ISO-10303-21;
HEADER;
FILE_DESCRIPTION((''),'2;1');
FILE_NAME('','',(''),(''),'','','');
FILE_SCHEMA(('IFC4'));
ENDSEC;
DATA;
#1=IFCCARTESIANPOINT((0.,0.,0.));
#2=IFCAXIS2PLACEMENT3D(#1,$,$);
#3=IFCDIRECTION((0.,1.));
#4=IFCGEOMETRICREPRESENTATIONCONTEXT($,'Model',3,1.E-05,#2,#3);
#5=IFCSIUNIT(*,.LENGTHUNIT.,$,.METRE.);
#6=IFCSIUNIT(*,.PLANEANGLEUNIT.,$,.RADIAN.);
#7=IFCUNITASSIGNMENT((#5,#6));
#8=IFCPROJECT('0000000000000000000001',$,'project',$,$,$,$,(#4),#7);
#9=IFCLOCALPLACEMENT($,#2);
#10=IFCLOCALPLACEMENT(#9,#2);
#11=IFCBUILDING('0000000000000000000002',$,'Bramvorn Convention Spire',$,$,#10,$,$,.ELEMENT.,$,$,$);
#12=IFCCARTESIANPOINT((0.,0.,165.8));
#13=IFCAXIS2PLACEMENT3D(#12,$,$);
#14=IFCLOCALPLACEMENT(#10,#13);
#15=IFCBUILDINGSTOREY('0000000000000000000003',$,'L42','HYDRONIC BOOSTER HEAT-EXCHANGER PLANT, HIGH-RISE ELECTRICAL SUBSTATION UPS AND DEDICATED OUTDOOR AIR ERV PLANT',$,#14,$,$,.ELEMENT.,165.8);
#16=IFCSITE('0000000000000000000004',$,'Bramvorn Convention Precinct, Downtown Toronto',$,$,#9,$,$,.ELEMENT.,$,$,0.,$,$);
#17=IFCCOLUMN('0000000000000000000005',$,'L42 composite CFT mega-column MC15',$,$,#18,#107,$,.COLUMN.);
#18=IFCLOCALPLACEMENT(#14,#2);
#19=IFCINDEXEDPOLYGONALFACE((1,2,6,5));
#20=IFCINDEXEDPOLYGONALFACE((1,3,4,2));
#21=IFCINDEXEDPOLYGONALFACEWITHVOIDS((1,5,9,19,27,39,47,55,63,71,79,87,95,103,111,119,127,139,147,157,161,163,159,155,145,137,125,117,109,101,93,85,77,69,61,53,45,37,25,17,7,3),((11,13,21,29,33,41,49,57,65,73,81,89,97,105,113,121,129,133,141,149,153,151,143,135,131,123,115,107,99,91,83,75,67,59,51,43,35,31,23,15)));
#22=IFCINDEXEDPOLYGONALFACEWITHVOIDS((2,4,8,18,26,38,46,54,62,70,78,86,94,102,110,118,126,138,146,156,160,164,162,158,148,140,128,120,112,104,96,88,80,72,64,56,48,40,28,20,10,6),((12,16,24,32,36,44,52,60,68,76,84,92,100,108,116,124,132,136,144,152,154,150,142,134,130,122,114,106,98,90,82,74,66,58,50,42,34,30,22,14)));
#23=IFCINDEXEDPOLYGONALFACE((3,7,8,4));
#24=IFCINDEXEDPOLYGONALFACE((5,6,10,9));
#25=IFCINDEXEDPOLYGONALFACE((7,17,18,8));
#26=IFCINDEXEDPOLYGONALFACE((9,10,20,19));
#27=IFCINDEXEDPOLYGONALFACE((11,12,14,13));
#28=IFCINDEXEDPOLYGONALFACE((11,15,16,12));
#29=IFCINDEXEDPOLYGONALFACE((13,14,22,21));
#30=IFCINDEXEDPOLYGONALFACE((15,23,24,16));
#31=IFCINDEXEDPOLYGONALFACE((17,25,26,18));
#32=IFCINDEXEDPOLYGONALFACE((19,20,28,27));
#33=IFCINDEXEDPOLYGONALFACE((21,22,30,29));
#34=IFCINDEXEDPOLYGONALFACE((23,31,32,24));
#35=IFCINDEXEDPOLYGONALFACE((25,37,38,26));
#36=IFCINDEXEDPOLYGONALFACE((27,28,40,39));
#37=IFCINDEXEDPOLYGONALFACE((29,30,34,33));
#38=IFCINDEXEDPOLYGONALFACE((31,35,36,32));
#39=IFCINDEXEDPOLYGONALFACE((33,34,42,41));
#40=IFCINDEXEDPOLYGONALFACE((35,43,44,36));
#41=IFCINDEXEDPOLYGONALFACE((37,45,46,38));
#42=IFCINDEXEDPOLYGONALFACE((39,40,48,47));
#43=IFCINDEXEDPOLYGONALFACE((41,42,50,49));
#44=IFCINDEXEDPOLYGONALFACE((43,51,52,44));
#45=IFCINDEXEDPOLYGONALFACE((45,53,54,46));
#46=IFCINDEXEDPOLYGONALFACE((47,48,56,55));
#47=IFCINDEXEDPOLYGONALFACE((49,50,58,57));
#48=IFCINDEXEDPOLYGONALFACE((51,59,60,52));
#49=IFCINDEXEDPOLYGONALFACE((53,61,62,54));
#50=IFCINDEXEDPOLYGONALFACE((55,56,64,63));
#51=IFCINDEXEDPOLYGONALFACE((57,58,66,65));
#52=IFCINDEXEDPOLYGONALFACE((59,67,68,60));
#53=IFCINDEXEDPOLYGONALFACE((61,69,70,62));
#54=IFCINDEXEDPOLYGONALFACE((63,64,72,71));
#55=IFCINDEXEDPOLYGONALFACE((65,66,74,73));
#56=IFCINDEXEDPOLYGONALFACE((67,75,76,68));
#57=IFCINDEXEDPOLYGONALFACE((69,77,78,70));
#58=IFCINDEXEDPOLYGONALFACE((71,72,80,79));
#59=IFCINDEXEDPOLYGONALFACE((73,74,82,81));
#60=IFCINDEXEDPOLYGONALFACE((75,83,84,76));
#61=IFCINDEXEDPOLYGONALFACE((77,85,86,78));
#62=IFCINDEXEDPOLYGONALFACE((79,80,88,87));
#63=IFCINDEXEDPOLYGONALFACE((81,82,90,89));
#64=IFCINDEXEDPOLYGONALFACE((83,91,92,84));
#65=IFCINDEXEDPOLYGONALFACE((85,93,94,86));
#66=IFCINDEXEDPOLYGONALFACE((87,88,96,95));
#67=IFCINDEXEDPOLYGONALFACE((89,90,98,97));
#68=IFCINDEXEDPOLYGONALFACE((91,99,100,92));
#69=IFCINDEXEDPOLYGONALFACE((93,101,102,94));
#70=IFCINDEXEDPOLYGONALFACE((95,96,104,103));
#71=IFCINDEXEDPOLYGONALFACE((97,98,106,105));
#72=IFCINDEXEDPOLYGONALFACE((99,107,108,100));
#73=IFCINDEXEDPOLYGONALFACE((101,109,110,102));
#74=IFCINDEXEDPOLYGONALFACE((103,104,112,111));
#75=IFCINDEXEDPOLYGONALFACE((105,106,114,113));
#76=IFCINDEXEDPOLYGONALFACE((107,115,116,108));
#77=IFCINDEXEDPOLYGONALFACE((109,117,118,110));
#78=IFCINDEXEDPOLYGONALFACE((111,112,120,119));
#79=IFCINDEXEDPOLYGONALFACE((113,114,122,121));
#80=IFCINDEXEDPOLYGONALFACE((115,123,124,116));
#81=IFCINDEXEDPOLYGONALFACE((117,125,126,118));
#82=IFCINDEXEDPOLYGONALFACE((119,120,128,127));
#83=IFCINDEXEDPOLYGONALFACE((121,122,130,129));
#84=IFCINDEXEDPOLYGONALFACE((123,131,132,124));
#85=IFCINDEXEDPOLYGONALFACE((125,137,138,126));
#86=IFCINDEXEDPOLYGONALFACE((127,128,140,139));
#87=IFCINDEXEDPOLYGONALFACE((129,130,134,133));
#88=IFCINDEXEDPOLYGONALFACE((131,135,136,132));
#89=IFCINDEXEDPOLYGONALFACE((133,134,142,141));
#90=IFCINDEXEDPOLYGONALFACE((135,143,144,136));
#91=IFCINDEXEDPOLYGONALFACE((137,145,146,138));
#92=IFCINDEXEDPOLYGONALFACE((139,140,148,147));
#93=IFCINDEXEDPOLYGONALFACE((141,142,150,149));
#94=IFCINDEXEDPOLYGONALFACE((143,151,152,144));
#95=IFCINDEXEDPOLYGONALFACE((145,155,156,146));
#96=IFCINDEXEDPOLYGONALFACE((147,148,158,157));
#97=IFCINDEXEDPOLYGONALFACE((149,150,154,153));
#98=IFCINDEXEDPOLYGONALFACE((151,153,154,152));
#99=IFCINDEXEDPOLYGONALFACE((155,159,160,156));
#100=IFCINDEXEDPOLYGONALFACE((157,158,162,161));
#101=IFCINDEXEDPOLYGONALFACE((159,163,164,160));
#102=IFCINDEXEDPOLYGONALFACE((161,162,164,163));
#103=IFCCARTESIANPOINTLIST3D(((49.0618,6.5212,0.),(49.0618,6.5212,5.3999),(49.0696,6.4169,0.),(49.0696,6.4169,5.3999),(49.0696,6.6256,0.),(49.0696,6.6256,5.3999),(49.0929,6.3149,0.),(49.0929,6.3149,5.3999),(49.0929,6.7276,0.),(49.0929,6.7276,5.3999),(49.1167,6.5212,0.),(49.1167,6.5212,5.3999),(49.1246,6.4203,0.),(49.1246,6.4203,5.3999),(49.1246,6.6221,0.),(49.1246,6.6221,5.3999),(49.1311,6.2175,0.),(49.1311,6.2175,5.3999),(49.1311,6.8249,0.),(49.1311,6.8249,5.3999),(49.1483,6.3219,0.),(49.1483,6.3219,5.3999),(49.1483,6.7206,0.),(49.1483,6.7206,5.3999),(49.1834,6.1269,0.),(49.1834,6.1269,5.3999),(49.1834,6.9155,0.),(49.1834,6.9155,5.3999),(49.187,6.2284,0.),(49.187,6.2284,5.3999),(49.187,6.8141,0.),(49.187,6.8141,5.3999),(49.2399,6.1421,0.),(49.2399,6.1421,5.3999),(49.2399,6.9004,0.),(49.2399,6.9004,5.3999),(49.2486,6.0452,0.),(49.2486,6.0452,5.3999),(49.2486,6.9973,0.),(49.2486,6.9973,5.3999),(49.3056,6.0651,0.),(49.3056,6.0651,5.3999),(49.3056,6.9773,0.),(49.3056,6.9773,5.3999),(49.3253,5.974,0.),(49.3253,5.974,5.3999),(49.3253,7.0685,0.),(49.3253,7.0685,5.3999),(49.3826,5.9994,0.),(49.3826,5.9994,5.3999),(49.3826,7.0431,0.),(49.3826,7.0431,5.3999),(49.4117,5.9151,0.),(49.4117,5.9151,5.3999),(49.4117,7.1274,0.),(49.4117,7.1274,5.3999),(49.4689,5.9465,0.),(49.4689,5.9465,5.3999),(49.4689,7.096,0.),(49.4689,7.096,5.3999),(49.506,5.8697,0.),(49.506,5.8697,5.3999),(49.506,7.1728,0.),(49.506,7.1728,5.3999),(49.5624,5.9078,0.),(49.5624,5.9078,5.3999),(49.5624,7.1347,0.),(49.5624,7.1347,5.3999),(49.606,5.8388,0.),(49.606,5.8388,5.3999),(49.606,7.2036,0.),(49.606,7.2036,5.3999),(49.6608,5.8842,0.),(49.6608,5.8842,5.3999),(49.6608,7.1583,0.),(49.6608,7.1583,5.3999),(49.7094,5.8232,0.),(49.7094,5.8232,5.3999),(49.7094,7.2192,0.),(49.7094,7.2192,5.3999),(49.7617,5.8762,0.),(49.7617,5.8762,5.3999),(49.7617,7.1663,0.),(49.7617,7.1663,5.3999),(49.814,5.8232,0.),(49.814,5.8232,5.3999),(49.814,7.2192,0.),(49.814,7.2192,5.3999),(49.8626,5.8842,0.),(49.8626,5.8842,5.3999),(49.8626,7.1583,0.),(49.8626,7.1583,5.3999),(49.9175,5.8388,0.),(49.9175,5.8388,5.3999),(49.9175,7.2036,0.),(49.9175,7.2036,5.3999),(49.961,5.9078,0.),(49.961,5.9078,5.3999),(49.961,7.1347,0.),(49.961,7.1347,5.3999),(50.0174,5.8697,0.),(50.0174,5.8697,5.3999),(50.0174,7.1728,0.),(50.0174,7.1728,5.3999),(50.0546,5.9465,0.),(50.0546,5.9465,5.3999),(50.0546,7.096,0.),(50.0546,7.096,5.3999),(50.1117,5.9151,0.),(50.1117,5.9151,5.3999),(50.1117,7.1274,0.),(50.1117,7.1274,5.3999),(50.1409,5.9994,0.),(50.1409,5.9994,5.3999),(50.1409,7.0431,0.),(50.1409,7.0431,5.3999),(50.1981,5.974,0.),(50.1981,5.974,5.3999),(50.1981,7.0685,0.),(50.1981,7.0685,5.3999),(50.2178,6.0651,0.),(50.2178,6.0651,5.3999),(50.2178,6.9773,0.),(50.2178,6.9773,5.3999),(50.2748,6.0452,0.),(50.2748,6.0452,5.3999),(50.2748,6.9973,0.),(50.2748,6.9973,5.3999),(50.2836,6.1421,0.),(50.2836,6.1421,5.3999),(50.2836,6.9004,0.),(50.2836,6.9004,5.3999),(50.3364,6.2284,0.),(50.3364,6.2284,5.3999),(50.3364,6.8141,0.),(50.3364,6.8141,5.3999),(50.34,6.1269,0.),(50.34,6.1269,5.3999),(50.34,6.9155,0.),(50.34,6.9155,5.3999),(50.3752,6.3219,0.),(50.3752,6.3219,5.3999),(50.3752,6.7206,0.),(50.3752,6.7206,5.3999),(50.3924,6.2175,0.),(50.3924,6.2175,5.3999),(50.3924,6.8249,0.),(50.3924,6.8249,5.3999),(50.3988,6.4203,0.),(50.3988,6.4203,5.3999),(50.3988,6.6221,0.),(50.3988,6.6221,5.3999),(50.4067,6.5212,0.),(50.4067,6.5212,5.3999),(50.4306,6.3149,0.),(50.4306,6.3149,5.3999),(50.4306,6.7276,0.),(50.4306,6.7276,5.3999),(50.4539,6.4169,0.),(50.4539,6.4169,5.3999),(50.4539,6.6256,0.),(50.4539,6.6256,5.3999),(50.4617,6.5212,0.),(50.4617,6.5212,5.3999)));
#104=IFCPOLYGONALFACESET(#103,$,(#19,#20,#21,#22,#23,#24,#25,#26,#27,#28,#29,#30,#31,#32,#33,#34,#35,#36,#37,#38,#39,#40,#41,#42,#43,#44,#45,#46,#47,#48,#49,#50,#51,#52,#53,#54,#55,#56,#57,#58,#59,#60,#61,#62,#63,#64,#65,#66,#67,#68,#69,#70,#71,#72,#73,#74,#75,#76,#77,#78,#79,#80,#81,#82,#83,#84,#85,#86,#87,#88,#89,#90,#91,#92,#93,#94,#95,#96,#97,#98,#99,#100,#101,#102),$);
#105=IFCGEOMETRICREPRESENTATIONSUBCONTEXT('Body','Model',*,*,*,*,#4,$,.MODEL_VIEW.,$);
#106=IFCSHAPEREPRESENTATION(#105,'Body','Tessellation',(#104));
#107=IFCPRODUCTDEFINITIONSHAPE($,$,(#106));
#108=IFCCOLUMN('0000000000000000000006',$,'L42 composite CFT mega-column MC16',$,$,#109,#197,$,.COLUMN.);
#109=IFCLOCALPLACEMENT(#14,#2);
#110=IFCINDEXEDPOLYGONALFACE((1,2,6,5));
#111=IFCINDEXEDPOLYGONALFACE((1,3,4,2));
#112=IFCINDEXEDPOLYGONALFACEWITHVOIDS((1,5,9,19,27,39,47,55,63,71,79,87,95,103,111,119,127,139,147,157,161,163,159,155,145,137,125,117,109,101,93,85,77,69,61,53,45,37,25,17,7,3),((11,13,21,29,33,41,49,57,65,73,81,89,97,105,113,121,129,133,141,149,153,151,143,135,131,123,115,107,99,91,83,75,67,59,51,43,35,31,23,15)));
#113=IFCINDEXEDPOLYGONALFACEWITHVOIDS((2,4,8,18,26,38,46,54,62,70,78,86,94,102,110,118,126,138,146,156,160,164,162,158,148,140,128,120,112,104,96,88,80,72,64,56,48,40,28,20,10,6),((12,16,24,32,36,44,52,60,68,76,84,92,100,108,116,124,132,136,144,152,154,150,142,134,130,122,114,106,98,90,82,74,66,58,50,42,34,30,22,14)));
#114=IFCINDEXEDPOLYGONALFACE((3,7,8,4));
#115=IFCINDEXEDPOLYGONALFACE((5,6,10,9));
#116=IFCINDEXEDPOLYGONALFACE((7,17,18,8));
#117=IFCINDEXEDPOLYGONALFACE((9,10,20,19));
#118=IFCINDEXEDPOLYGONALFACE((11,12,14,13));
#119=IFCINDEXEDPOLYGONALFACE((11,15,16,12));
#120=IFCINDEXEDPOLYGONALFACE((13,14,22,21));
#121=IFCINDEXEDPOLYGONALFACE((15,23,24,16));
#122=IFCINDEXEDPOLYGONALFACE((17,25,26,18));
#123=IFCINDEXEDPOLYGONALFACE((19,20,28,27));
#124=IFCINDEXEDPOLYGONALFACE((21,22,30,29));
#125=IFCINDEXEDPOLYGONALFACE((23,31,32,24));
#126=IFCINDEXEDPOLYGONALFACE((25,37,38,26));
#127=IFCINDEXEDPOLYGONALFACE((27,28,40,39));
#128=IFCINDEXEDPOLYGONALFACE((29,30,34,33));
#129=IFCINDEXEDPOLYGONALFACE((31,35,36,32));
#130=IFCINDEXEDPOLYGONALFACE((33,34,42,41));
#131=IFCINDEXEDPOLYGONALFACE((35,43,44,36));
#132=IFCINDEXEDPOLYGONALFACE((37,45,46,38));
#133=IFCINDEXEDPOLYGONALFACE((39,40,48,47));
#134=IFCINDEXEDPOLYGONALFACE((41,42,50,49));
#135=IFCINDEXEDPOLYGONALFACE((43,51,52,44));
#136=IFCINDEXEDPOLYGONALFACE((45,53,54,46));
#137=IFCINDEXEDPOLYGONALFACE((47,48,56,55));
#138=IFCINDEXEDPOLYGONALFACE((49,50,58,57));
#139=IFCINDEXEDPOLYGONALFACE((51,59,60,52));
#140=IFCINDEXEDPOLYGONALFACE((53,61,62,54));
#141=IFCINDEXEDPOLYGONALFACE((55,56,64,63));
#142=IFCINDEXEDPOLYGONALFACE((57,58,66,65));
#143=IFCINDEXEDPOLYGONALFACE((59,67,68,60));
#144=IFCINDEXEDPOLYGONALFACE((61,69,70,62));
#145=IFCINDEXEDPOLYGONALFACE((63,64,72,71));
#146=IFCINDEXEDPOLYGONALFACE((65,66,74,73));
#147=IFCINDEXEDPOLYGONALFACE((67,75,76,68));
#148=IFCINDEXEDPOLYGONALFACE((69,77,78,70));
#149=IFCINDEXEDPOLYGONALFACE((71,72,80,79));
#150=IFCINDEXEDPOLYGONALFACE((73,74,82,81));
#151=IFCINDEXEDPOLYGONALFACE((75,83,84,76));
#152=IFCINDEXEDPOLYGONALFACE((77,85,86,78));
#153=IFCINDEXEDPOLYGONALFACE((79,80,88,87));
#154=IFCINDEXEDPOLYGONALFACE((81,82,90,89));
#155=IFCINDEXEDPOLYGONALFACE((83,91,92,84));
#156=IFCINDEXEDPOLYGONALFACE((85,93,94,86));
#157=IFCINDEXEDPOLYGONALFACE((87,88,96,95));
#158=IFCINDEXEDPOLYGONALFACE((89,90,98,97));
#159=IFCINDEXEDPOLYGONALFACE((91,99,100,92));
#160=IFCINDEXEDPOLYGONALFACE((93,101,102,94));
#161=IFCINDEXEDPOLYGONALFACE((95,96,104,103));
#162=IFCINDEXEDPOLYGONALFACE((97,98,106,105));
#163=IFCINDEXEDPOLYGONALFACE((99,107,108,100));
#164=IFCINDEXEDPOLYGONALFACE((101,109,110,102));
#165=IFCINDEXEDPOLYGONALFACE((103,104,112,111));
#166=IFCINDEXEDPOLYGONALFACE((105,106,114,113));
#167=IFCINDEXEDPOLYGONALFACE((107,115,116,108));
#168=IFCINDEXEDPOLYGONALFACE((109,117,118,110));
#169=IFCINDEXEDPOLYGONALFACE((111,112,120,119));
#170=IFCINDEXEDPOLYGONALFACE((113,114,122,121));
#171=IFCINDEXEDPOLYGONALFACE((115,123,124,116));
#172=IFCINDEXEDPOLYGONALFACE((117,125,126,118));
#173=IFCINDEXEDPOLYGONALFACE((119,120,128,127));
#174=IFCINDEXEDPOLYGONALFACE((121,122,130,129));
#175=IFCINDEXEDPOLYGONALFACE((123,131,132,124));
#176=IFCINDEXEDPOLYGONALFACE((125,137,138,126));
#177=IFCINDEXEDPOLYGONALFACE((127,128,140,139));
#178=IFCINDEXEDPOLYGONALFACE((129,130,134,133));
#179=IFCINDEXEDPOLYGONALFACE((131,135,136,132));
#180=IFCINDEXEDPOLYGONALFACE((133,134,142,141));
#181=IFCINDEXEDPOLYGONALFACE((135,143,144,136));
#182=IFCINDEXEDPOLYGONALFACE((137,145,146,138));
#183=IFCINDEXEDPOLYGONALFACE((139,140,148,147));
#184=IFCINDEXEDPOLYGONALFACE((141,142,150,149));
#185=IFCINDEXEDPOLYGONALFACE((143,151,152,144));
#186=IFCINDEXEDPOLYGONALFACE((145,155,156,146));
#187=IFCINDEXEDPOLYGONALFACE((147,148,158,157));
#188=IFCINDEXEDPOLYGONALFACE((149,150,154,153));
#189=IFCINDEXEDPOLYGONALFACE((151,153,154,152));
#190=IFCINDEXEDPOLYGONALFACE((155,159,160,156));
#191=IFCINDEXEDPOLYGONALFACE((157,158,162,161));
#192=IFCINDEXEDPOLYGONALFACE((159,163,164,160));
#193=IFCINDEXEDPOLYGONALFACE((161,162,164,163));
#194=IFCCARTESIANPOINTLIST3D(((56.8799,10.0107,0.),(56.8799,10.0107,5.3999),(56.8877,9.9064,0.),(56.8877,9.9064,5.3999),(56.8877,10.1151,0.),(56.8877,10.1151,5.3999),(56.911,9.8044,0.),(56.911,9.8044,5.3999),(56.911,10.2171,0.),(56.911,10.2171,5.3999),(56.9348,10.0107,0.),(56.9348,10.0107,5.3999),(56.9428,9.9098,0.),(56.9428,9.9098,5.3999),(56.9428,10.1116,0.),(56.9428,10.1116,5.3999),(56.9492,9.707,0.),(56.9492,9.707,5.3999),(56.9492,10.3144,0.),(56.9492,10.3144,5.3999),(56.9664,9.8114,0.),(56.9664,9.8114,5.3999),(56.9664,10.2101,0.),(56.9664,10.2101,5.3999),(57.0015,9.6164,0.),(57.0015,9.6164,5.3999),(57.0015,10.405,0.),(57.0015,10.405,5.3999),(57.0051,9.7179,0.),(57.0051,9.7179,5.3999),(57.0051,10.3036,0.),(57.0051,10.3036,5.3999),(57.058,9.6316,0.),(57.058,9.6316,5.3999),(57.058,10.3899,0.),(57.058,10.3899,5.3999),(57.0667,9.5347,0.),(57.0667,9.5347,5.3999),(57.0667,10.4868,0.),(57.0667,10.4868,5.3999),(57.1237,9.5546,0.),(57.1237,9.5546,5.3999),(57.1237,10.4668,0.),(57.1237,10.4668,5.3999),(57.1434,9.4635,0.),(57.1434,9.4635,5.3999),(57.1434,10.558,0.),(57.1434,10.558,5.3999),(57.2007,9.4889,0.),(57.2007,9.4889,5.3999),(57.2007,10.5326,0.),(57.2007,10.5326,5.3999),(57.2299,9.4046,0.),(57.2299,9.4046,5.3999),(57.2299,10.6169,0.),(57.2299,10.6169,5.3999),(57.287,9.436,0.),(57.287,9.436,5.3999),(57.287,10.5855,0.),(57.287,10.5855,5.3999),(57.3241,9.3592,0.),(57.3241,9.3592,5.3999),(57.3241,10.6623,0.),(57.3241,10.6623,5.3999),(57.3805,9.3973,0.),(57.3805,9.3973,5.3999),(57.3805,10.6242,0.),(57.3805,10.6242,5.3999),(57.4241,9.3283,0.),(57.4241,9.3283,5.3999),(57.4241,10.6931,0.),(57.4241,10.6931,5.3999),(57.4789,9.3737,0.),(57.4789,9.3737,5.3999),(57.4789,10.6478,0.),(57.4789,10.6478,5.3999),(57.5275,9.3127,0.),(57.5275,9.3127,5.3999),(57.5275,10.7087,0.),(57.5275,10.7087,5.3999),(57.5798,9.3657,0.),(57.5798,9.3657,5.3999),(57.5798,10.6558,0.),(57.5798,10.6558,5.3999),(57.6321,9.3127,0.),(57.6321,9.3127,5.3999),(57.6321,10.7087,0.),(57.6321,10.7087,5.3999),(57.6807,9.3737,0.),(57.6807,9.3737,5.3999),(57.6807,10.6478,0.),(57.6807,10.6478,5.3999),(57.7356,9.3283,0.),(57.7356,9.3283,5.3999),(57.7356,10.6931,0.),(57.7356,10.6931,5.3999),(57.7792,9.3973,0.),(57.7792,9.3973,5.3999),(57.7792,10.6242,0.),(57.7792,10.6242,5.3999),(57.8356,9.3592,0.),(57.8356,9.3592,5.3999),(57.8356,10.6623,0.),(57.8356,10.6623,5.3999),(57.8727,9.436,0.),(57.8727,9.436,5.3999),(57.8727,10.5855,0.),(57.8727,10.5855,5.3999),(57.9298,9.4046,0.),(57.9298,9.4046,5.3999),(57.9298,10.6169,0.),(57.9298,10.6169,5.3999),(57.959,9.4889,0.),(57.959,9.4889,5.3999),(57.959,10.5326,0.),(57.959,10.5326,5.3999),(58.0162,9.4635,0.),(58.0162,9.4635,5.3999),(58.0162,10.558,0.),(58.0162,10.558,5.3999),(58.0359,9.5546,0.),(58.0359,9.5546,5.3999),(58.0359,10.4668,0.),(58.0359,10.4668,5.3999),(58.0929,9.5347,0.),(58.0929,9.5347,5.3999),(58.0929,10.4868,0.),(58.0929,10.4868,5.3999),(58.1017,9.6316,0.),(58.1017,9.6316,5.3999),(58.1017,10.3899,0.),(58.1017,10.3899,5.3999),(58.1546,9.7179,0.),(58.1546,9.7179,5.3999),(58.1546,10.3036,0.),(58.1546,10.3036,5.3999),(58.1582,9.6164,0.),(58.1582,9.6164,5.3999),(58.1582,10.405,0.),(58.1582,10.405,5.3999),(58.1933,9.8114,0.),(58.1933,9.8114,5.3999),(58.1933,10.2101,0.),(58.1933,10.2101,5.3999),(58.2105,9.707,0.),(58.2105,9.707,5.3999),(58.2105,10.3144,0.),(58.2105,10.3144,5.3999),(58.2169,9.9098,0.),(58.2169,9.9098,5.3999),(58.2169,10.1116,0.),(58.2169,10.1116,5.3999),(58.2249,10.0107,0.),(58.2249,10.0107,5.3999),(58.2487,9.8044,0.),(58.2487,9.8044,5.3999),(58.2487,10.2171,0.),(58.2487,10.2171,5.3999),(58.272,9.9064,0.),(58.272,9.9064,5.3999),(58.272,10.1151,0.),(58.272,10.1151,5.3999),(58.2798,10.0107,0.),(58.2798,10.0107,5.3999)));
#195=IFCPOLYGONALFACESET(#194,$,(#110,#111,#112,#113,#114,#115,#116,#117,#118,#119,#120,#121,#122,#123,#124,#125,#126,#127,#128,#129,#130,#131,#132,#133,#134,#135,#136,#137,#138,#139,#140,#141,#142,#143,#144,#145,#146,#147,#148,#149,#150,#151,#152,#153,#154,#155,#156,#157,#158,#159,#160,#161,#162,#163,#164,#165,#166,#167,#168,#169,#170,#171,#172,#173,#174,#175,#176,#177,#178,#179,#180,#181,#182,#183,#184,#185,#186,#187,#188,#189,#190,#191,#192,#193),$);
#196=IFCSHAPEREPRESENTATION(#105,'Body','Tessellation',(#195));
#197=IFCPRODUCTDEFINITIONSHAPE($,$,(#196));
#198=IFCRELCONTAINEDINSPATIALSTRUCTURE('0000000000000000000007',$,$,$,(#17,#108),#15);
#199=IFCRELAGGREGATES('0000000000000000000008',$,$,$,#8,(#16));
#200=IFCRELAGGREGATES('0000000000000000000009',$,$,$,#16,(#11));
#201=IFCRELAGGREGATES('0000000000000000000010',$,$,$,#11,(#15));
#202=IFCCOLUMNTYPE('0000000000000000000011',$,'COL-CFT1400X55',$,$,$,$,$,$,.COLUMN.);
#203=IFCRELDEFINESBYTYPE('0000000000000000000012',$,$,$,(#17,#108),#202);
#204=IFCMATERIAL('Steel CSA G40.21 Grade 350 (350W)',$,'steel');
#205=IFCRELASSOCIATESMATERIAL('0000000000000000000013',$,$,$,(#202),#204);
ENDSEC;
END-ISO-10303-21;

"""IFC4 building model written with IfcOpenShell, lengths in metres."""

from ifc_helpers import new_model, si_unit, direction, frame, origin, origin_2d, place, context, subcontext, project, spatial, hollow_circle, extrude, material, material_profile, profile_set, type_object, element, save


model = new_model("IFC4")

# Units and contexts
model_context = context("Model", 3, precision=1e-05, world=origin(), true_north=direction((0.0, 1.0)))
body_context = subcontext(model_context, "Body", "Model", "MODEL_VIEW")
ifc_project = project(units=[si_unit("LENGTHUNIT", "METRE"), si_unit("PLANEANGLEUNIT", "RADIAN")], contexts=[model_context])

# Site, building, storey
site_placement = place(None, origin())
site = spatial("IfcSite", under=ifc_project, at=site_placement, Name="Bramvorn Convention Precinct, Downtown Toronto", CompositionType="ELEMENT", RefElevation=0.0)
building_placement = place(site_placement, origin())
building = spatial("IfcBuilding", under=site, at=building_placement, Name="Bramvorn Convention Spire", CompositionType="ELEMENT")
storey_placement = place(building_placement, frame((0.0, 0.0, 165.8)))
storey = spatial("IfcBuildingStorey", under=building, at=storey_placement, Name="L42", Description="HYDRONIC BOOSTER HEAT-EXCHANGER PLANT, HIGH-RISE ELECTRICAL SUBSTATION UPS AND DEDICATED OUTDOOR AIR ERV PLANT", CompositionType="ELEMENT", Elevation=165.8)

# Columns
ifc_material_1 = material(Name="Steel CSA G40.21 Grade 350 (350W)", Category="steel")
ifc_material_profile_1 = material_profile(ifc_material_1, hollow_circle(Radius=0.7, WallThickness=0.0549, at=origin_2d()))
ifc_profile_set_1 = profile_set([ifc_material_profile_1], Name="Steel CSA G40.21 Grade 350 (350W) - CFT1400X55")
column_type = type_object("IfcColumnType", Name="COL-CFT1400X55", PredefinedType="COLUMN", material=ifc_profile_set_1)
for number, where, z_axis, x_axis, name in (
    (1, (49.7617, 6.5212, 0.0), (0.0, 0.0, 1.0), (1.0, 0.0, 0.0), "L42 composite CFT mega-column MC15"),
    (2, (57.5798, 10.0107, 0.0), (0.0, 0.0, 1.0), (1.0, 0.0, 0.0), "L42 composite CFT mega-column MC16"),
):
    element("IfcColumn", number, at=place(storey_placement, frame(where, z_axis=z_axis, x_axis=x_axis)), inside=storey, type_object=column_type, Name=name, PredefinedType="COLUMN", context=body_context, shape_type="SweptSolid", body=[
        extrude(hollow_circle(Radius=0.7, WallThickness=0.0549, at=origin_2d()), origin(), (0.0, 0.0, 1.0), 5.3999),
    ])

save(model, "model.ifc")
